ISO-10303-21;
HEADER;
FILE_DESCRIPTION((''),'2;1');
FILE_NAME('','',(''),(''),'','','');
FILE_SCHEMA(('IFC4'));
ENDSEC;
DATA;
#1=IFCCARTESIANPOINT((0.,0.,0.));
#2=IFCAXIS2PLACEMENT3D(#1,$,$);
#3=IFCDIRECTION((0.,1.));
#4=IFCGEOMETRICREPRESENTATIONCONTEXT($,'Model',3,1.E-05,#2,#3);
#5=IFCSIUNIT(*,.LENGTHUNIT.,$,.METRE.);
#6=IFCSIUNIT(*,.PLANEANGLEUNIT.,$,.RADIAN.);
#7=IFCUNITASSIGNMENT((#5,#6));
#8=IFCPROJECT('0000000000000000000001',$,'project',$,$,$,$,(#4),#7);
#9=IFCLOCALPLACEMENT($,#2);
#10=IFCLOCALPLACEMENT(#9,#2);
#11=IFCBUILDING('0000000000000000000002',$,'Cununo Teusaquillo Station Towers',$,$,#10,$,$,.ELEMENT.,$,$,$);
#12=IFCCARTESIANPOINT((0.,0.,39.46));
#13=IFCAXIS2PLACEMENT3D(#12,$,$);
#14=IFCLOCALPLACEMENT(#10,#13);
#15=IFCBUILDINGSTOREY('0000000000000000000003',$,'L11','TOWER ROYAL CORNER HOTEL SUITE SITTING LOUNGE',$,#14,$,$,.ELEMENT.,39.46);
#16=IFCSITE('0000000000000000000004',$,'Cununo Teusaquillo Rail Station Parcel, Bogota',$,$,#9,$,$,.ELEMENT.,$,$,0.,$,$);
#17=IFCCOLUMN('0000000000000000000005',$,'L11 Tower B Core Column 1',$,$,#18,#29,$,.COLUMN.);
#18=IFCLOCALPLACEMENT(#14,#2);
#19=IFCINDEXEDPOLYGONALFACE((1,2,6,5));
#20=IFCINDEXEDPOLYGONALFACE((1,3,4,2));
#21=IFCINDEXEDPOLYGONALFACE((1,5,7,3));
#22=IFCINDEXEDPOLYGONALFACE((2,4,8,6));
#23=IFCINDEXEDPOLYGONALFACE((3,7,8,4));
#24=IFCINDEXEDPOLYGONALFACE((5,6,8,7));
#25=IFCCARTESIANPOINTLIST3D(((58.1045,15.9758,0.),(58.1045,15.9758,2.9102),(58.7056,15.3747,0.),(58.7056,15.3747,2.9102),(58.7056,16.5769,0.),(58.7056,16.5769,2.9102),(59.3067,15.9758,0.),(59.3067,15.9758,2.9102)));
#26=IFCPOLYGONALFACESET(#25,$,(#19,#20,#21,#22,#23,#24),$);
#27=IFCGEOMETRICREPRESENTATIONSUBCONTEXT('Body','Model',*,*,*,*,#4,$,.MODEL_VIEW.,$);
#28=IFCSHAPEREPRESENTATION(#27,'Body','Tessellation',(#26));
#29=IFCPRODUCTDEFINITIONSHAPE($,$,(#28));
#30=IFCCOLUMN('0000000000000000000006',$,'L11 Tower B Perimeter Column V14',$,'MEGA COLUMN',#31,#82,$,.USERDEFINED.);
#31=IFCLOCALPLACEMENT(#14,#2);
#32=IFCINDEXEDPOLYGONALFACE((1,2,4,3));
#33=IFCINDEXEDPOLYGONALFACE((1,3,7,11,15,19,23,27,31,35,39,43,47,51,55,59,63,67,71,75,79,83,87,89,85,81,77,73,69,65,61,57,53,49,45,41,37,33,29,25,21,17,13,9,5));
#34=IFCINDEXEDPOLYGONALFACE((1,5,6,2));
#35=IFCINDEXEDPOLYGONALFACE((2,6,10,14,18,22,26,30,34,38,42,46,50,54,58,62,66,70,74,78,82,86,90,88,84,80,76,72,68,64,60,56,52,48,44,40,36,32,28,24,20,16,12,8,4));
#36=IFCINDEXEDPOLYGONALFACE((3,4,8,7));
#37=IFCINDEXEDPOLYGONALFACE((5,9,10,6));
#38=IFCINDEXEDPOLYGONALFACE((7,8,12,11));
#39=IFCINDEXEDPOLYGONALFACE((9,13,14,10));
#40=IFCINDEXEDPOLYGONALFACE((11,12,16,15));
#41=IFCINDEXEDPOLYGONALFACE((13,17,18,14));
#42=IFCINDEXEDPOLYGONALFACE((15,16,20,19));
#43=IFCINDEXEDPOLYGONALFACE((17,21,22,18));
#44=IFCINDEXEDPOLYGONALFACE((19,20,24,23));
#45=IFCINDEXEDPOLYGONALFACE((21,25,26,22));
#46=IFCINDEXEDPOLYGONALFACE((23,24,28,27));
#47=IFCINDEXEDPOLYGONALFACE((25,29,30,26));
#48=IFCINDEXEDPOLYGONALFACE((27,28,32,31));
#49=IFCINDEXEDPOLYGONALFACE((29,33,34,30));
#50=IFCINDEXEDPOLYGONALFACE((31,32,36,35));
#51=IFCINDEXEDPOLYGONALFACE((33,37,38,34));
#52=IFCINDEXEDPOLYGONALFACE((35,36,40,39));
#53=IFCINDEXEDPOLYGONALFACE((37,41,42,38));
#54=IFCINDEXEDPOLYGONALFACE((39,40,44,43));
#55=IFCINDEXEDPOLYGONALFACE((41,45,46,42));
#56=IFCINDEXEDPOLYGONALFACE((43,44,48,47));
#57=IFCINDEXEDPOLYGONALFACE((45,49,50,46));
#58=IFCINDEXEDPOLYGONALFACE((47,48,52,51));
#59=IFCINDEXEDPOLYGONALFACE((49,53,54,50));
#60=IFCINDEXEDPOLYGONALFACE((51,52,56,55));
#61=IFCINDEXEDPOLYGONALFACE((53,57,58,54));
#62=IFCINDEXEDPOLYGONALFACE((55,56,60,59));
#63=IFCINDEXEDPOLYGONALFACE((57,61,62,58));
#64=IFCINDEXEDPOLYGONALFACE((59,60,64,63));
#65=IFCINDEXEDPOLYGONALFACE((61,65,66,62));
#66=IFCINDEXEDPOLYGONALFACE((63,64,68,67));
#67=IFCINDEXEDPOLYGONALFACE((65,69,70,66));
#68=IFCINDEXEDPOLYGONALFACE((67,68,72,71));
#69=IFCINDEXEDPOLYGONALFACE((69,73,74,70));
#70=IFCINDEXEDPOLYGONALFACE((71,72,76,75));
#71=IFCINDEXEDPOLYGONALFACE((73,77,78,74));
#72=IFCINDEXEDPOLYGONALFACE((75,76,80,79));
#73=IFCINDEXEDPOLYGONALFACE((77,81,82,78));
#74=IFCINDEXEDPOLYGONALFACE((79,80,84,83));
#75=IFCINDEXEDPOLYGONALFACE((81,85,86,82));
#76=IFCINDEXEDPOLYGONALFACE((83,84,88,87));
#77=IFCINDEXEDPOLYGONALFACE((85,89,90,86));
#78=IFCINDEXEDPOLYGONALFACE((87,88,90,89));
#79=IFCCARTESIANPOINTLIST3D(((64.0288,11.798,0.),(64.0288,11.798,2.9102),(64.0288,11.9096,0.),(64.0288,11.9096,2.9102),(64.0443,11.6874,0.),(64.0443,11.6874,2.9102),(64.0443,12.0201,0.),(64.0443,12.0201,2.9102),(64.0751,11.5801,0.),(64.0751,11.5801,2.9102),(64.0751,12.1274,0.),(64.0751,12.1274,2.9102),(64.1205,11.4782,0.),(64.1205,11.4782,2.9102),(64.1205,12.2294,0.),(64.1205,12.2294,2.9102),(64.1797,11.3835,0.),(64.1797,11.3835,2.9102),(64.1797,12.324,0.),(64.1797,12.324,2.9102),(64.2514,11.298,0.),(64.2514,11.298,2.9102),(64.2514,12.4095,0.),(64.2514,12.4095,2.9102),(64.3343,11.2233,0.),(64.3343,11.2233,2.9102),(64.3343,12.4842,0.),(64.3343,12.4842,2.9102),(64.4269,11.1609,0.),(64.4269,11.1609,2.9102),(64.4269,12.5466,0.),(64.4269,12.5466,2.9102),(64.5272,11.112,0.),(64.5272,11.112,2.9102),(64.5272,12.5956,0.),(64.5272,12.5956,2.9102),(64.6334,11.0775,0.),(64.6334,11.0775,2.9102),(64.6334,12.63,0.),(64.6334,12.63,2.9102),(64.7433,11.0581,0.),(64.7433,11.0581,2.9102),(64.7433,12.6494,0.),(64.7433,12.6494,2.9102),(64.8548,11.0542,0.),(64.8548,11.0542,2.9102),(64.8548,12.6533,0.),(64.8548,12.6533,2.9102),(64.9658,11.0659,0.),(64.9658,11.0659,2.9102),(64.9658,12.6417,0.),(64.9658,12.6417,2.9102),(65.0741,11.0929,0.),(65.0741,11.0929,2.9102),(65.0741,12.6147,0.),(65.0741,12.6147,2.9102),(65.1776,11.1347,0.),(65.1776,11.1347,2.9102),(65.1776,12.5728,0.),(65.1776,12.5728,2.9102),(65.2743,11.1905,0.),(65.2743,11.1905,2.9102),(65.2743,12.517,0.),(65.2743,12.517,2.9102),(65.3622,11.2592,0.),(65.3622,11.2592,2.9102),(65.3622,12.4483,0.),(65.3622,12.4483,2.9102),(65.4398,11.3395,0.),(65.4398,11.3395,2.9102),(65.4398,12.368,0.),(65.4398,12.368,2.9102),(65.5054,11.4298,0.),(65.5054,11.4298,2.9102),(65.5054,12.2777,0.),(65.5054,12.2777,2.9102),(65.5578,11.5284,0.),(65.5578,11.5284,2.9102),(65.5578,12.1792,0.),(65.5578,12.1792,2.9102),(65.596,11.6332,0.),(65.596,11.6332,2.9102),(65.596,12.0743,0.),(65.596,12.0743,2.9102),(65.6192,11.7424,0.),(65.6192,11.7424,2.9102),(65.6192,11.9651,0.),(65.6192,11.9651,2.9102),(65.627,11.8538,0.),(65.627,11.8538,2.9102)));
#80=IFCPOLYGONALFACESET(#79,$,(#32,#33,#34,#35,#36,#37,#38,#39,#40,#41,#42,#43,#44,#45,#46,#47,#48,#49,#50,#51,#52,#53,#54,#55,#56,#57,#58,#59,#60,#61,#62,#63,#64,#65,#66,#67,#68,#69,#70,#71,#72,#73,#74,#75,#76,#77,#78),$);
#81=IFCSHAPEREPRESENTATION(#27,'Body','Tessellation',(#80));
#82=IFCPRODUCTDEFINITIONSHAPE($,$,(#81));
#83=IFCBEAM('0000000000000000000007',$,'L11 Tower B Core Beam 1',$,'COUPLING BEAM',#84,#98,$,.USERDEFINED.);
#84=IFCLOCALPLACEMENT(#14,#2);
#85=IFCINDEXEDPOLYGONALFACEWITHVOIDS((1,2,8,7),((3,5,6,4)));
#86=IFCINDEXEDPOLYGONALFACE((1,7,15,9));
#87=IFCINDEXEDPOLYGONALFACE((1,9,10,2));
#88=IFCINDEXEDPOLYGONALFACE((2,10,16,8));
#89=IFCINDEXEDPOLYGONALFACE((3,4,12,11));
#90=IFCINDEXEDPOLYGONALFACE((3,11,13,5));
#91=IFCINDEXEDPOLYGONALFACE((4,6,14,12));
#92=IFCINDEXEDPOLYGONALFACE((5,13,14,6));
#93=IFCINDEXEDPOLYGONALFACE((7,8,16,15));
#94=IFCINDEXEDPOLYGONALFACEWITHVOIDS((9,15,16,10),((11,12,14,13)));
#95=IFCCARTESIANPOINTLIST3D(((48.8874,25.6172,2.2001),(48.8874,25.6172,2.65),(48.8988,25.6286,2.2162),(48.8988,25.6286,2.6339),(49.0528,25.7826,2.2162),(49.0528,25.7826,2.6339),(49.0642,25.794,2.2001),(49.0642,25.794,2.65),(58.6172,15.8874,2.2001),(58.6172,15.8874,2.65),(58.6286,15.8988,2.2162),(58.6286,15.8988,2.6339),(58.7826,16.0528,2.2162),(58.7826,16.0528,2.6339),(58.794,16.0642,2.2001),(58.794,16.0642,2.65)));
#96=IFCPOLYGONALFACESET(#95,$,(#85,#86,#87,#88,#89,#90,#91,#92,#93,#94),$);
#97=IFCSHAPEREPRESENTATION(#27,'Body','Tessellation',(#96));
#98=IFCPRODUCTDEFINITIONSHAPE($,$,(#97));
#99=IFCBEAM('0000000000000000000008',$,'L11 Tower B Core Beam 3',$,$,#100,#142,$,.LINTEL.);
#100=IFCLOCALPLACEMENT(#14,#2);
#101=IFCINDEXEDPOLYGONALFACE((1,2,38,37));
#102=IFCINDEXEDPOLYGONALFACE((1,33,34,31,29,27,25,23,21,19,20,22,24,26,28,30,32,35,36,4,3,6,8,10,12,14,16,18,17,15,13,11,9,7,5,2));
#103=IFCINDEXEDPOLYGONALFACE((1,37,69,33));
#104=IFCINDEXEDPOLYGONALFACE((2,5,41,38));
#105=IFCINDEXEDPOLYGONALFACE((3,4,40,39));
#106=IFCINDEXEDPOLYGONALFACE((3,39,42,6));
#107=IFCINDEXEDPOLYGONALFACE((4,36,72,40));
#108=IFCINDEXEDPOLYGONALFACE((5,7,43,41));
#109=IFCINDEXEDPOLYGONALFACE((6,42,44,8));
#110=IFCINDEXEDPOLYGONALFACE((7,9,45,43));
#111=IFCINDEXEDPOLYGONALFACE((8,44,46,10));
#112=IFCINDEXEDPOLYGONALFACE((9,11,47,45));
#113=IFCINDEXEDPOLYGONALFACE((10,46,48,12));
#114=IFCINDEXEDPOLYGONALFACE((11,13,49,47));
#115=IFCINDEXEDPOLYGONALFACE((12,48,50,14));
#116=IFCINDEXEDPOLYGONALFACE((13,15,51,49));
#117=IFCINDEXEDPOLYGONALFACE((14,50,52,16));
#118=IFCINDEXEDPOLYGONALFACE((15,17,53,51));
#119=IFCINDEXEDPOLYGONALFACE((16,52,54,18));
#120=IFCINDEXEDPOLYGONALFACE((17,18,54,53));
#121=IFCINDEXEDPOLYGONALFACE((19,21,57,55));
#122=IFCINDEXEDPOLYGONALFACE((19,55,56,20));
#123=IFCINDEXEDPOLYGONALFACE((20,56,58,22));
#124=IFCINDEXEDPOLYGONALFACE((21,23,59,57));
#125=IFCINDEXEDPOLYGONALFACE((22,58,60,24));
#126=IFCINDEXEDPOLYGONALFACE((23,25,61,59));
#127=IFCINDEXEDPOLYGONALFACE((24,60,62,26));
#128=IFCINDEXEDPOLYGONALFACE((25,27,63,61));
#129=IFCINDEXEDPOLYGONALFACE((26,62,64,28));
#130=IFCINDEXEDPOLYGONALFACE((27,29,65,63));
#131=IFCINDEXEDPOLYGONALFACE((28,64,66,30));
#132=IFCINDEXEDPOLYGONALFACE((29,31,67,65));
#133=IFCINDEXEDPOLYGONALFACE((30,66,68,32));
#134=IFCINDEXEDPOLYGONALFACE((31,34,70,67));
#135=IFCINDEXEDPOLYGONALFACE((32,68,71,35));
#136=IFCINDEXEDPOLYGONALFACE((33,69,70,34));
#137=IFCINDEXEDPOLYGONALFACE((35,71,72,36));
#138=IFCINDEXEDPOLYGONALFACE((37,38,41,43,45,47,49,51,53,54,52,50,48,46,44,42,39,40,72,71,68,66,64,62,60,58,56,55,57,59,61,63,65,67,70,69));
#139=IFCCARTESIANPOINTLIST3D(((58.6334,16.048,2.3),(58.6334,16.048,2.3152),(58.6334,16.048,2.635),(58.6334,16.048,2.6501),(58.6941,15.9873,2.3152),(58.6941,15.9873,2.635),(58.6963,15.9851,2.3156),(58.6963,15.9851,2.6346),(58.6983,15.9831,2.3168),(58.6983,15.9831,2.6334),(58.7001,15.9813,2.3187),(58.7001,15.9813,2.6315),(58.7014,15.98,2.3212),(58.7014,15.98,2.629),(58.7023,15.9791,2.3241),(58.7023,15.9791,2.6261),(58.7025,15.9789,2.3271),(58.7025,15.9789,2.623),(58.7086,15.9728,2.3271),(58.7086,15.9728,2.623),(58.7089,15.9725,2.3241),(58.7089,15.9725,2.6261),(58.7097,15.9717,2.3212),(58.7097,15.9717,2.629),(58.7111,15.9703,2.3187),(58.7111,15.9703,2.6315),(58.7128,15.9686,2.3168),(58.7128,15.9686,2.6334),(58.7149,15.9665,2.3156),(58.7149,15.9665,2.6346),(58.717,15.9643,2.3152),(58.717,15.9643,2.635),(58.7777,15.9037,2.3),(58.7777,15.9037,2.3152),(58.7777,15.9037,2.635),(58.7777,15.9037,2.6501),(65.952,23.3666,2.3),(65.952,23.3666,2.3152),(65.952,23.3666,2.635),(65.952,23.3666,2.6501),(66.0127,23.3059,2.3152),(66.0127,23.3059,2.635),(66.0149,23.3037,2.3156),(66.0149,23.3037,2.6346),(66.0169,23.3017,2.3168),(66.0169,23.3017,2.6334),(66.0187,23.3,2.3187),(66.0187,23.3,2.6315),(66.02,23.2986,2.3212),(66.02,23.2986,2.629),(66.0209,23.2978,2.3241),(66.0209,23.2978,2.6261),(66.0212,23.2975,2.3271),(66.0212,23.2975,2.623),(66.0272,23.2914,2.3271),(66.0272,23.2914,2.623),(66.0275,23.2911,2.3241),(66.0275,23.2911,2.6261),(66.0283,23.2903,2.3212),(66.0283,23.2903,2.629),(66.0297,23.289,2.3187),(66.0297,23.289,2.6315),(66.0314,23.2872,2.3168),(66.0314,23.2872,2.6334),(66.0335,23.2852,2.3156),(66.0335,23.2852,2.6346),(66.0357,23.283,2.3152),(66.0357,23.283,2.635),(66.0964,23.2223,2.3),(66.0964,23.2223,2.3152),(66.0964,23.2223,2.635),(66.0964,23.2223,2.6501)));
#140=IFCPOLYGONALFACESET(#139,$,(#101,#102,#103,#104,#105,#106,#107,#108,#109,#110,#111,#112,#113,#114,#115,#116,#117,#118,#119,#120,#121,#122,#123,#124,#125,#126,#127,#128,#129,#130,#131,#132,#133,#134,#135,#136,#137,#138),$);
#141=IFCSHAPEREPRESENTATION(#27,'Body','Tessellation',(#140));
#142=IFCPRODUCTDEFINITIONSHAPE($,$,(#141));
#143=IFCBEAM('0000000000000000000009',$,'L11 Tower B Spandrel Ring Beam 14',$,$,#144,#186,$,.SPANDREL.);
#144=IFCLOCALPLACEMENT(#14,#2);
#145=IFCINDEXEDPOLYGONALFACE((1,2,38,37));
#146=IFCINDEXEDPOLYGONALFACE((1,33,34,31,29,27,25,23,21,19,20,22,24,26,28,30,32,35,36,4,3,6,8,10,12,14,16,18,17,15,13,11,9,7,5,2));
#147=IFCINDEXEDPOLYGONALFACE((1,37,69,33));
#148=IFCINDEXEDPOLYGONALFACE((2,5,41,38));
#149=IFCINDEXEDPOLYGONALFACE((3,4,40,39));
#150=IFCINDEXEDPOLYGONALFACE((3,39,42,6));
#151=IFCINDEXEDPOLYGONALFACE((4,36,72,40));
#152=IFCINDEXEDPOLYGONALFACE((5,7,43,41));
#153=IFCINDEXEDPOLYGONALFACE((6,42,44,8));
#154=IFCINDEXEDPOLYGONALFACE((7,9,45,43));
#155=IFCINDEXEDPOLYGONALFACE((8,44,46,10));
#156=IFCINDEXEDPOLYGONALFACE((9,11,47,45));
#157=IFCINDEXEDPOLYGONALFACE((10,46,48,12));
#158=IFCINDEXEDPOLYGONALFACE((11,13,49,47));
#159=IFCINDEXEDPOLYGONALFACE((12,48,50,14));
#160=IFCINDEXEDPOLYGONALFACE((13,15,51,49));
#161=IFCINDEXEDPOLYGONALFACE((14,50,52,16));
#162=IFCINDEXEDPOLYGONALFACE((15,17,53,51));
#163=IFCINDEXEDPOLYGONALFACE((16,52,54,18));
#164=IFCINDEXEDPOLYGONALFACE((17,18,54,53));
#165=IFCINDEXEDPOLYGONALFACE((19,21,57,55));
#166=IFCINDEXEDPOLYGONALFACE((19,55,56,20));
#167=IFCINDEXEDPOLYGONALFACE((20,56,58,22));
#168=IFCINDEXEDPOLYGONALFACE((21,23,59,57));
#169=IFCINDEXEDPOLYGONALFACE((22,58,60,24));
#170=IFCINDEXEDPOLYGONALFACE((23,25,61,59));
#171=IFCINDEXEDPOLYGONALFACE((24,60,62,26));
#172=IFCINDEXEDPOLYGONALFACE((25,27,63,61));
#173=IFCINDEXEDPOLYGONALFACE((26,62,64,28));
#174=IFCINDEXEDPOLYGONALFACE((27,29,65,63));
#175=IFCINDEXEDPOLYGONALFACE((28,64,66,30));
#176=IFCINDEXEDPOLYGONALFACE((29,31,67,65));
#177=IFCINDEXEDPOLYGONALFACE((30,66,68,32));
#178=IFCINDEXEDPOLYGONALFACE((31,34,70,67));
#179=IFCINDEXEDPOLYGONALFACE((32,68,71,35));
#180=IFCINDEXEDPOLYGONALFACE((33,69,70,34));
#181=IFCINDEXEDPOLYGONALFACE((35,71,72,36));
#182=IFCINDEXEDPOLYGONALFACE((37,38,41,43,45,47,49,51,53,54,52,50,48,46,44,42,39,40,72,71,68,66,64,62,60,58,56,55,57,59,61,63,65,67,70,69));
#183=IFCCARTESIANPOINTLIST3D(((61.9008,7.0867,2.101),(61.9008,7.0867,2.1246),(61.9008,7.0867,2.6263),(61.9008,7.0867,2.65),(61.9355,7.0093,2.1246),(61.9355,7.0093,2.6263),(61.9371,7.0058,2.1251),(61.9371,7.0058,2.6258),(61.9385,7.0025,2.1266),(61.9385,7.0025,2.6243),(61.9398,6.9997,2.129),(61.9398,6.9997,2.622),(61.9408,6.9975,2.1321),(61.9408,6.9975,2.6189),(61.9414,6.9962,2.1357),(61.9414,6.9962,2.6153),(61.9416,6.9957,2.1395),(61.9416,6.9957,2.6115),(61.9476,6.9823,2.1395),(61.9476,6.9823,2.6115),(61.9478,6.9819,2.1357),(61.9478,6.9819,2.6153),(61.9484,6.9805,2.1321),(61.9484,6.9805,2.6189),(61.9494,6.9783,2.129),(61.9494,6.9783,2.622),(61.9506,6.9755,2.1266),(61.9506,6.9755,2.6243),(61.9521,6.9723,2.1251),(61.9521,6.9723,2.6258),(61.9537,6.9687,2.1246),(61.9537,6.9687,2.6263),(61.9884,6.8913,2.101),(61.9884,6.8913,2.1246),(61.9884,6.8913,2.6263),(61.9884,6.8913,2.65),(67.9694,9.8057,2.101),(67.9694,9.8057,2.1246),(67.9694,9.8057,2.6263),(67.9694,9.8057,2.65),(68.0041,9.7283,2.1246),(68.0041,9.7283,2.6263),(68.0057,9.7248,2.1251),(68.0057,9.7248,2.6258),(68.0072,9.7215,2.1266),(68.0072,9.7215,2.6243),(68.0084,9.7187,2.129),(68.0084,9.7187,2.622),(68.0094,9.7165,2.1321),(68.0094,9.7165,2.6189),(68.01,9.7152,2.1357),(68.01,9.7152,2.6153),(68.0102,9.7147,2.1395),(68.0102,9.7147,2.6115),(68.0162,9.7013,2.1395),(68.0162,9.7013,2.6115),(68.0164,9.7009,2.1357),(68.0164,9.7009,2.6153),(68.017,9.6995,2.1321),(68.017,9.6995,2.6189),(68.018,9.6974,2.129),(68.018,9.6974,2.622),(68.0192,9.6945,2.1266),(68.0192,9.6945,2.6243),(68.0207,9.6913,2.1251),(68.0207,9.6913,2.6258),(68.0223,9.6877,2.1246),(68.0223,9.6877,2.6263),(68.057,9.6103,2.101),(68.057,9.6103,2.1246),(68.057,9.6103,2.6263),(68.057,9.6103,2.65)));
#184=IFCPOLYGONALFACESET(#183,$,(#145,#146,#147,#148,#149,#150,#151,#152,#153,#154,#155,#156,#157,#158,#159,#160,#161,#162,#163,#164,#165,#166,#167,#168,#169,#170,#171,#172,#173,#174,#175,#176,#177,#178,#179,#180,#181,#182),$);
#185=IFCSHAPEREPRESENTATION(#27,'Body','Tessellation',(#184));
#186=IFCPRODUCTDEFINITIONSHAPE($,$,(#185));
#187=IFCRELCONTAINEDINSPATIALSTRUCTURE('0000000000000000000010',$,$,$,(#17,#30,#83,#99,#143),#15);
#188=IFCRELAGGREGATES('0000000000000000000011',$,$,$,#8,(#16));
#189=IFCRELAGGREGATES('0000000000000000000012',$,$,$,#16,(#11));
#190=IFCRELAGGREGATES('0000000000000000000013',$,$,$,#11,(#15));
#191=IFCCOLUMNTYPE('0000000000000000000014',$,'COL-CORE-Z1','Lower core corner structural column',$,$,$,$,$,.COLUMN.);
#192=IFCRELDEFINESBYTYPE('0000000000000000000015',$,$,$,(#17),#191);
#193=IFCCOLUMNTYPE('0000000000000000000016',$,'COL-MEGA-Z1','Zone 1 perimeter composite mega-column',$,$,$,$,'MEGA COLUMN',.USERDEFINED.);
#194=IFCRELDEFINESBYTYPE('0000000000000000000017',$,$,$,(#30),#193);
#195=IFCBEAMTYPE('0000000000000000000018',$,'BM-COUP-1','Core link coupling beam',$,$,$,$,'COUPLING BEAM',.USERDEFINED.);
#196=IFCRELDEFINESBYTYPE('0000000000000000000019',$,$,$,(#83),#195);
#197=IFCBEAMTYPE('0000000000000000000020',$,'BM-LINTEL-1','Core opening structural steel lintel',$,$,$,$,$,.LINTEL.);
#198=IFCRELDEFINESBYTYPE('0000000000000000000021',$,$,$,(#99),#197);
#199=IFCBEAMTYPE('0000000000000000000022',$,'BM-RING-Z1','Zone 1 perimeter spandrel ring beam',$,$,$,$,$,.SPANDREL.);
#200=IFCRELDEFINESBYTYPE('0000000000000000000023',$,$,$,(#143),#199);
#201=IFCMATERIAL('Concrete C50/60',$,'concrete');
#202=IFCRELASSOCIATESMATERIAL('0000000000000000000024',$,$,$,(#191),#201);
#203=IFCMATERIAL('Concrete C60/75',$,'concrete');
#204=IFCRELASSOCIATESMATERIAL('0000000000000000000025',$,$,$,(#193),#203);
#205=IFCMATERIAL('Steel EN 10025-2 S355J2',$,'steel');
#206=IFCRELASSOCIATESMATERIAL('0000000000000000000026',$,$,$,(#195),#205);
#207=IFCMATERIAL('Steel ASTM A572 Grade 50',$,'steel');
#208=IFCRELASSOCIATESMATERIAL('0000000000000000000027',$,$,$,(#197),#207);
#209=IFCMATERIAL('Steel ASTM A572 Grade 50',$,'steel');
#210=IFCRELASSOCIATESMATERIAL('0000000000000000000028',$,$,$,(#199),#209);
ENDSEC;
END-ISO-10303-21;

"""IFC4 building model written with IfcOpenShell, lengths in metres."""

from ifc_helpers import new_model, si_unit, direction, frame, origin, origin_2d, place, context, subcontext, project, spatial, rectangle, hollow_rectangle, circle, i_section, extrude, material, material_profile, profile_set, type_object, element, save


model = new_model("IFC4")

# Units and contexts
model_context = context("Model", 3, precision=1e-05, world=origin(), true_north=direction((0.0, 1.0)))
body_context = subcontext(model_context, "Body", "Model", "MODEL_VIEW")
ifc_project = project(units=[si_unit("LENGTHUNIT", "METRE"), si_unit("PLANEANGLEUNIT", "RADIAN")], contexts=[model_context])

# Site, building, storey
site_placement = place(None, origin())
site = spatial("IfcSite", under=ifc_project, at=site_placement, Name="Cununo Teusaquillo Rail Station Parcel, Bogota", CompositionType="ELEMENT", RefElevation=0.0)
building_placement = place(site_placement, origin())
building = spatial("IfcBuilding", under=site, at=building_placement, Name="Cununo Teusaquillo Station Towers", CompositionType="ELEMENT")
storey_placement = place(building_placement, frame((0.0, 0.0, 39.46)))
storey = spatial("IfcBuildingStorey", under=building, at=storey_placement, Name="L11", Description="TOWER ROYAL CORNER HOTEL SUITE SITTING LOUNGE", CompositionType="ELEMENT", Elevation=39.46)

# Columns
ifc_material_1 = material(Name="Concrete C50/60", Category="concrete")
ifc_material_profile_1 = material_profile(ifc_material_1, rectangle(XDim=0.8501, YDim=0.8501, at=origin_2d()), Name="RC-RECT-850x850")
ifc_profile_set_1 = profile_set([ifc_material_profile_1], Name="Concrete C50/60")
column_type_1 = type_object("IfcColumnType", Name="COL-CORE-Z1", Description="Lower core corner structural column", PredefinedType="COLUMN", material=ifc_profile_set_1)
column_1_placement = place(storey_placement, frame((58.7056, 15.9758, 0.0), z_axis=(0.0, 0.0, 1.0), x_axis=(0.707107, 0.707107, 0.0)))
element("IfcColumn", 1, at=column_1_placement, inside=storey, type_object=column_type_1, Name="L11 Tower B Core Column 1", PredefinedType="COLUMN", context=body_context, shape_type="SweptSolid", body=[
    extrude(rectangle(XDim=0.8501, YDim=0.8501, at=origin_2d()), origin(), (0.0, 0.0, 1.0), 2.9102),
])
ifc_material_2 = material(Name="Concrete C60/75", Category="concrete")
ifc_material_profile_2 = material_profile(ifc_material_2, circle(Radius=0.8, at=origin_2d()), Name="RC-CIRC-1600")
ifc_profile_set_2 = profile_set([ifc_material_profile_2], Name="Concrete C60/75")
column_type_2 = type_object("IfcColumnType", Name="COL-MEGA-Z1", Description="Zone 1 perimeter composite mega-column", ElementType="MEGA COLUMN", PredefinedType="USERDEFINED", material=ifc_profile_set_2)
column_2_placement = place(storey_placement, frame((64.8269, 11.8538, 0.0), z_axis=(0.0, 0.0, 1.0), x_axis=(1.0, 0.0, 0.0)))
element("IfcColumn", 2, at=column_2_placement, inside=storey, type_object=column_type_2, Name="L11 Tower B Perimeter Column V14", ObjectType="MEGA COLUMN", PredefinedType="USERDEFINED", context=body_context, shape_type="SweptSolid", body=[
    extrude(circle(Radius=0.8, at=origin_2d()), origin(), (0.0, 0.0, 1.0), 2.9102),
])

# Beams
ifc_material_3 = material(Name="Steel EN 10025-2 S355J2", Category="steel")
ifc_material_profile_3 = material_profile(ifc_material_3, hollow_rectangle(XDim=0.25, YDim=0.45, WallThickness=0.0161, at=origin_2d()), Name="RHS 450x250x16")
ifc_profile_set_3 = profile_set([ifc_material_profile_3], Name="Steel EN 10025-2 S355J2")
beam_type_1 = type_object("IfcBeamType", Name="BM-COUP-1", Description="Core link coupling beam", ElementType="COUPLING BEAM", PredefinedType="USERDEFINED", material=ifc_profile_set_3)
beam_1_placement = place(storey_placement, frame((58.7056, 15.9758, 2.425), z_axis=(-0.707107, 0.707107, 0.0), x_axis=(-0.707107, -0.707107, 0.0)))
element("IfcBeam", 3, at=beam_1_placement, inside=storey, type_object=beam_type_1, Name="L11 Tower B Core Beam 1", ObjectType="COUPLING BEAM", PredefinedType="USERDEFINED", context=body_context, shape_type="SweptSolid", body=[
    extrude(hollow_rectangle(XDim=0.25, YDim=0.45, WallThickness=0.0161, at=origin_2d()), origin(), (0.0, 0.0, 1.0), 13.76),
])
ifc_material_4 = material(Name="Steel ASTM A572 Grade 50", Category="steel")
ifc_material_profile_4 = material_profile(ifc_material_4, i_section(OverallWidth=0.2041, OverallDepth=0.3501, WebThickness=0.0085, FlangeThickness=0.0151, FilletRadius=0.012, at=origin_2d()), Name="W14X48")
ifc_profile_set_4 = profile_set([ifc_material_profile_4], Name="Steel ASTM A572 Grade 50")
beam_type_2 = type_object("IfcBeamType", Name="BM-LINTEL-1", Description="Core opening structural steel lintel", PredefinedType="LINTEL", material=ifc_profile_set_4)
beam_2_placement = place(storey_placement, frame((58.7056, 15.9758, 2.4751), z_axis=(0.707107, 0.707107, 0.0), x_axis=(-0.707107, 0.707107, 0.0)))
element("IfcBeam", 4, at=beam_2_placement, inside=storey, type_object=beam_type_2, Name="L11 Tower B Core Beam 3", PredefinedType="LINTEL", context=body_context, shape_type="SweptSolid", body=[
    extrude(i_section(OverallWidth=0.2041, OverallDepth=0.3501, WebThickness=0.0085, FlangeThickness=0.0151, FilletRadius=0.012, at=origin_2d()), origin(), (0.0, 0.0, 1.0), 10.3501),
])
ifc_material_5 = material(Name="Steel ASTM A572 Grade 50", Category="steel")
ifc_material_profile_5 = material_profile(ifc_material_5, i_section(OverallWidth=0.2141, OverallDepth=0.5491, WebThickness=0.0146, FlangeThickness=0.0237, FilletRadius=0.0149, at=origin_2d()), Name="W21X93")
ifc_profile_set_5 = profile_set([ifc_material_profile_5], Name="Steel ASTM A572 Grade 50")
beam_type_3 = type_object("IfcBeamType", Name="BM-RING-Z1", Description="Zone 1 perimeter spandrel ring beam", PredefinedType="SPANDREL", material=ifc_profile_set_5)
beam_3_placement = place(storey_placement, frame((61.9446, 6.989, 2.3755), z_axis=(0.912589, 0.408879, 0.0), x_axis=(-0.408879, 0.912589, 0.0)))
element("IfcBeam", 5, at=beam_3_placement, inside=storey, type_object=beam_type_3, Name="L11 Tower B Spandrel Ring Beam 14", PredefinedType="SPANDREL", context=body_context, shape_type="SweptSolid", body=[
    extrude(i_section(OverallWidth=0.2141, OverallDepth=0.5491, WebThickness=0.0146, FlangeThickness=0.0237, FilletRadius=0.0149, at=origin_2d()), origin(), (0.0, 0.0, 1.0), 6.6499),
])

save(model, "model.ifc")
